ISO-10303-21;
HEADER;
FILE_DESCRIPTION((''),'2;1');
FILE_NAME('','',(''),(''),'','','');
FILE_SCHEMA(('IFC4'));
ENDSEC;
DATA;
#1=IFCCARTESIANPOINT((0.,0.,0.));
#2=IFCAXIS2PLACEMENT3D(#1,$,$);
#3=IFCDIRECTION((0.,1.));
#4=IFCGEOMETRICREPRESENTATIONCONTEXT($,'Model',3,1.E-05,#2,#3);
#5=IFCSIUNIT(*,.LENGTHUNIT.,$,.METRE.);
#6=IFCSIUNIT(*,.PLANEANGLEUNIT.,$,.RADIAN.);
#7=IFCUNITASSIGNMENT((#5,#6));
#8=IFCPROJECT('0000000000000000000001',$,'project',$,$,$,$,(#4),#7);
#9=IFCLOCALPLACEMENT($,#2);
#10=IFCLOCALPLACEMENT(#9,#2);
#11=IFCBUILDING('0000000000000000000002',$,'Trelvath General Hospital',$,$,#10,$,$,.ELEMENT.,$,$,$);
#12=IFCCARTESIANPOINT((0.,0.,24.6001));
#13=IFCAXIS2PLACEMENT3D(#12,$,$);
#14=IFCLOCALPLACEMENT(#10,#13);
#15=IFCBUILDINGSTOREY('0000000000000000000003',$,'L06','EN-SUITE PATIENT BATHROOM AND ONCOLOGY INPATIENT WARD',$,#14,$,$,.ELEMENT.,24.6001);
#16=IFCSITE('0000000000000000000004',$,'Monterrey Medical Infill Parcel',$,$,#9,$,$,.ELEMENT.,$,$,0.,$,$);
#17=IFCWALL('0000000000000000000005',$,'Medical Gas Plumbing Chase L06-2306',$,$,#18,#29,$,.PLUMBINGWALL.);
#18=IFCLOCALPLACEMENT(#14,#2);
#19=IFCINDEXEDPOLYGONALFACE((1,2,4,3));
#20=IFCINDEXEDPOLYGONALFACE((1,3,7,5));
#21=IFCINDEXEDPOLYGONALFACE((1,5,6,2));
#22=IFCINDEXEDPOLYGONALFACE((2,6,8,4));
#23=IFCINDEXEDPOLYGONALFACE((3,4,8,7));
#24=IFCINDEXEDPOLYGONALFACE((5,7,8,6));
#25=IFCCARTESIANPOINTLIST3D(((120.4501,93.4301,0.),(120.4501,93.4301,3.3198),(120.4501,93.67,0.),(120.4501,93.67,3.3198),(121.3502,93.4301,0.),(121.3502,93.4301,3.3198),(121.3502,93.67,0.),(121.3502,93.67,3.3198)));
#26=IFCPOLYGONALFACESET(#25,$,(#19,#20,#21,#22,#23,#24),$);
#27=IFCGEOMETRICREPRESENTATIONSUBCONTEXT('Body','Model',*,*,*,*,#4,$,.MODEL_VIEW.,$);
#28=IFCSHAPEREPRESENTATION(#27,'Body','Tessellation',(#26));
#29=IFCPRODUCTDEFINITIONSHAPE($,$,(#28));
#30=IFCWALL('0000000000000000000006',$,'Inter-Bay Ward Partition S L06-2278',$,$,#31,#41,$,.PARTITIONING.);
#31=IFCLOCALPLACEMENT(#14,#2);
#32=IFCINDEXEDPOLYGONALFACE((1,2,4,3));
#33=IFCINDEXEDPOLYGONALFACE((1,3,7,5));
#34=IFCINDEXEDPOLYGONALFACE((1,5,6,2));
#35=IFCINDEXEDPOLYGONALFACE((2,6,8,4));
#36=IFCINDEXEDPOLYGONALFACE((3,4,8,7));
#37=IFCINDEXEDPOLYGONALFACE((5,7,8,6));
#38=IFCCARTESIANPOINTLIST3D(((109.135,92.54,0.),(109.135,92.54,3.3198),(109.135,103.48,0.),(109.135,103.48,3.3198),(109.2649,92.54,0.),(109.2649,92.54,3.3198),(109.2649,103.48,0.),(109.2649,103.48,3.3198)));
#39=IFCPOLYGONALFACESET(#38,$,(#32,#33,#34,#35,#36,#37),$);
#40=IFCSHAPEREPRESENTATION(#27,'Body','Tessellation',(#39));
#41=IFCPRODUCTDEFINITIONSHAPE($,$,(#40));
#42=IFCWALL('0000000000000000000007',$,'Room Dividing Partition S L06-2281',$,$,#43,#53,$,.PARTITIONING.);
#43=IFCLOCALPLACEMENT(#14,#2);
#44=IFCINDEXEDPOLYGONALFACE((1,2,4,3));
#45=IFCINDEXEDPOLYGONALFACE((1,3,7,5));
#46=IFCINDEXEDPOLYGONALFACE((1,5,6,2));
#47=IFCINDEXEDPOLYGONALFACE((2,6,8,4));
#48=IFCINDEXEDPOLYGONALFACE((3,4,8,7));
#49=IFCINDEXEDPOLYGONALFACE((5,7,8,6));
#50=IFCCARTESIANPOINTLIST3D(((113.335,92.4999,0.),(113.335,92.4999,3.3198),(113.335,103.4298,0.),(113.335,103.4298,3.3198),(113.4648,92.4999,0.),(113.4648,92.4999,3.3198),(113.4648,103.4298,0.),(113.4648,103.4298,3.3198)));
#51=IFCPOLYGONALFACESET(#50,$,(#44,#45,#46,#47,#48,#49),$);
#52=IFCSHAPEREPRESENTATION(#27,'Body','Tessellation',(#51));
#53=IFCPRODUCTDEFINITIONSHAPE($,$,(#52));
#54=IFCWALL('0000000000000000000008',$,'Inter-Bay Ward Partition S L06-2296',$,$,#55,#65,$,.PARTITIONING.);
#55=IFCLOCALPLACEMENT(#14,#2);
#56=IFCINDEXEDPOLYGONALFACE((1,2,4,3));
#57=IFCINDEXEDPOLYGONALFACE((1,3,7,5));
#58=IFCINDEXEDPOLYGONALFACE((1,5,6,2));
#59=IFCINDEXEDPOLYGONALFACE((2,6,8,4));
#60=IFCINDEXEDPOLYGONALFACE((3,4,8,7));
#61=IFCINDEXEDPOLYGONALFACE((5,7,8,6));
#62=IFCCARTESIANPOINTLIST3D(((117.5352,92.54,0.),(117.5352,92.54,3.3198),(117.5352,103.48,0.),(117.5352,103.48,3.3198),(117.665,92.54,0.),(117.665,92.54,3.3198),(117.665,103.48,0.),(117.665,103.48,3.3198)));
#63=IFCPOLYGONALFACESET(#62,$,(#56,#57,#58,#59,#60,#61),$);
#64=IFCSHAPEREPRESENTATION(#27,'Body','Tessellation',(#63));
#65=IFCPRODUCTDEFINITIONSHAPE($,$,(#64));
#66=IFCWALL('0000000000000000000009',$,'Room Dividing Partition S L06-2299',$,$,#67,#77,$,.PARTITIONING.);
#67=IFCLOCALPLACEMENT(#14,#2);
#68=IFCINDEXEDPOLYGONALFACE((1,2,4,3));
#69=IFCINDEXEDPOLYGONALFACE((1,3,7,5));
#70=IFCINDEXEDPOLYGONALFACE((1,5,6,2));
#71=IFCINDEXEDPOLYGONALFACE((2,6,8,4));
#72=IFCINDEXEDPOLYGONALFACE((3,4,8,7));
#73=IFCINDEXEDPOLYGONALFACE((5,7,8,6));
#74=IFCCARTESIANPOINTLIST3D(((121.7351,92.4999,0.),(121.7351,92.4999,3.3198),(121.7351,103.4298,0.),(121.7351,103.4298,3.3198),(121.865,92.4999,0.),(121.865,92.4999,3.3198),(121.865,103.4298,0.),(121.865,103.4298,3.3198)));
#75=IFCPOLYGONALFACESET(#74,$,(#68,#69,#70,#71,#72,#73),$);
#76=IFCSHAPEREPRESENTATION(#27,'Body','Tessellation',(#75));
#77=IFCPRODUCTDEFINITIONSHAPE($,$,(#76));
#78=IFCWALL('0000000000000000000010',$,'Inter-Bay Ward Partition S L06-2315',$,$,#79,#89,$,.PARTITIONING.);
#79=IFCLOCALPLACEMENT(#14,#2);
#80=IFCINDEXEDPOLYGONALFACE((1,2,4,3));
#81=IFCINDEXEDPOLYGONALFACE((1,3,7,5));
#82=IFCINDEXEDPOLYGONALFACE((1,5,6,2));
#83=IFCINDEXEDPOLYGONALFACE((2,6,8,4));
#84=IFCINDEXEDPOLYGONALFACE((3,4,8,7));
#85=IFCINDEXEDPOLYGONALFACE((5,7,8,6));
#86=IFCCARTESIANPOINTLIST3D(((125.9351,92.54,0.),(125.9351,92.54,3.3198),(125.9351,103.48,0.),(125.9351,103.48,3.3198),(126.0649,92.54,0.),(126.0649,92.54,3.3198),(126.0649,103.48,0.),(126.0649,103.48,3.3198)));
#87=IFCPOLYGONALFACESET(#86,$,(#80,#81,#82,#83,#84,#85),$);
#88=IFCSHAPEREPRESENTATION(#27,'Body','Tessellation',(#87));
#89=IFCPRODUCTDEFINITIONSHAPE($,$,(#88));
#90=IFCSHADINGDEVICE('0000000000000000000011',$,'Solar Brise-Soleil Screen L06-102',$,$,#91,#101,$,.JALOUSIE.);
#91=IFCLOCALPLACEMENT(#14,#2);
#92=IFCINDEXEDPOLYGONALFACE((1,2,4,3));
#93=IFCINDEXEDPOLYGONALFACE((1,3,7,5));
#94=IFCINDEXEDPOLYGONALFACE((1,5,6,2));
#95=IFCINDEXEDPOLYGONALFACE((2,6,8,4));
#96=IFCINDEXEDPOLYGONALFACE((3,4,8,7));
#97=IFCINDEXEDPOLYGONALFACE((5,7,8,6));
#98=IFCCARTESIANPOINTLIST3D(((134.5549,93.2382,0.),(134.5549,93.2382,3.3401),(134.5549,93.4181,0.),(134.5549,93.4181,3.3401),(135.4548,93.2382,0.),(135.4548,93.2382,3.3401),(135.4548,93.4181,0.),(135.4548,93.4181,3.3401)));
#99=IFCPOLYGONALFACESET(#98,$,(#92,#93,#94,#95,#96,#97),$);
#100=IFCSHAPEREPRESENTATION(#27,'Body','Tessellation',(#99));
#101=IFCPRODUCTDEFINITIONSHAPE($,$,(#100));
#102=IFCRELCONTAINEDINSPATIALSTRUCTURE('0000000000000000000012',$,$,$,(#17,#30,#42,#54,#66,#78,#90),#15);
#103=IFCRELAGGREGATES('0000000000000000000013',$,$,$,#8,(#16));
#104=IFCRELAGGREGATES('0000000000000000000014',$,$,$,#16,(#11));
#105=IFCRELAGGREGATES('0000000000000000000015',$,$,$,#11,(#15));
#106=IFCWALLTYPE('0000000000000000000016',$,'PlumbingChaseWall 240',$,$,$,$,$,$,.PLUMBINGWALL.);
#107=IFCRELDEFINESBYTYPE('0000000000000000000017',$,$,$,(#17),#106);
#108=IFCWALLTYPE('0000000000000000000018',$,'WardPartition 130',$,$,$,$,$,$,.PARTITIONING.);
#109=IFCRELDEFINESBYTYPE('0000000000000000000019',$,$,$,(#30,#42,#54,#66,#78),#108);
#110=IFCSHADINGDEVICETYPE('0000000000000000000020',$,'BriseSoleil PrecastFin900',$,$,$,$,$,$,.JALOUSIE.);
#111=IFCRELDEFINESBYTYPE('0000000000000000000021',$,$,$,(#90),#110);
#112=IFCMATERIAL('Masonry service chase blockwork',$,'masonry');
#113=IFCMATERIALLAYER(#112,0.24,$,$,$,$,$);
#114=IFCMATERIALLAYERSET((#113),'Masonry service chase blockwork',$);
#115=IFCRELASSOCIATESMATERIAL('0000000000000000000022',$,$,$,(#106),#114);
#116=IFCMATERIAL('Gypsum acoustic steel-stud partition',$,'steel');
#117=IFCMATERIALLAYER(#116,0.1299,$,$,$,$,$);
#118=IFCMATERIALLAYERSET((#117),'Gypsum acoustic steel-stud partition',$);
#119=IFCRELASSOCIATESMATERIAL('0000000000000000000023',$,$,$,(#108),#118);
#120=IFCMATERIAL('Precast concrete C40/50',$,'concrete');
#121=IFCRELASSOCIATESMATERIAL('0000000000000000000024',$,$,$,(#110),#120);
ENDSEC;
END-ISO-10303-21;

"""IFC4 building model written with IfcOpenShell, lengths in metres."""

from ifc_helpers import new_model, si_unit, direction, frame, frame_2d, origin, origin_2d, place, context, subcontext, project, spatial, rectangle, extrude, material, layer, layer_set, type_object, element, save


model = new_model("IFC4")

# Units and contexts
model_context = context("Model", 3, precision=1e-05, world=origin(), true_north=direction((0.0, 1.0)))
body_context = subcontext(model_context, "Body", "Model", "MODEL_VIEW")
ifc_project = project(units=[si_unit("LENGTHUNIT", "METRE"), si_unit("PLANEANGLEUNIT", "RADIAN")], contexts=[model_context])

# Site, building, storey
site_placement = place(None, origin())
site = spatial("IfcSite", under=ifc_project, at=site_placement, Name="Monterrey Medical Infill Parcel", CompositionType="ELEMENT", RefElevation=0.0)
building_placement = place(site_placement, origin())
building = spatial("IfcBuilding", under=site, at=building_placement, Name="Trelvath General Hospital", CompositionType="ELEMENT")
storey_placement = place(building_placement, frame((0.0, 0.0, 24.6001)))
storey = spatial("IfcBuildingStorey", under=building, at=storey_placement, Name="L06", Description="EN-SUITE PATIENT BATHROOM AND ONCOLOGY INPATIENT WARD", CompositionType="ELEMENT", Elevation=24.6001)

# Walls
ifc_material_1 = material(Name="Masonry service chase blockwork", Category="masonry")
ifc_layer_1 = layer(ifc_material_1, 0.24)
ifc_layer_set_1 = layer_set([ifc_layer_1], Name="Masonry service chase blockwork")
wall_type_1 = type_object("IfcWallType", Name="PlumbingChaseWall 240", PredefinedType="PLUMBINGWALL", material=ifc_layer_set_1)
wall_1_placement = place(storey_placement, frame((120.45, 93.55, 0.0), z_axis=(0.0, 0.0, 1.0), x_axis=(1.0, 0.0, 0.0)))
element("IfcWall", 1, at=wall_1_placement, inside=storey, type_object=wall_type_1, Name="Medical Gas Plumbing Chase L06-2306", PredefinedType="PLUMBINGWALL", context=body_context, shape_type="SweptSolid", body=[
    extrude(rectangle(XDim=0.9001, YDim=0.24, at=frame_2d((0.4502, 0.0))), origin(), (0.0, 0.0, 1.0), 3.3198),
])
ifc_material_2 = material(Name="Gypsum acoustic steel-stud partition", Category="steel")
ifc_layer_2 = layer(ifc_material_2, 0.1299)
ifc_layer_set_2 = layer_set([ifc_layer_2], Name="Gypsum acoustic steel-stud partition")
wall_type_2 = type_object("IfcWallType", Name="WardPartition 130", PredefinedType="PARTITIONING", material=ifc_layer_set_2)
wall_2_placement = place(storey_placement, frame((109.2, 92.54, 0.0), z_axis=(0.0, 0.0, 1.0), x_axis=(0.0, 1.0, 0.0)))
element("IfcWall", 2, at=wall_2_placement, inside=storey, type_object=wall_type_2, Name="Inter-Bay Ward Partition S L06-2278", PredefinedType="PARTITIONING", context=body_context, shape_type="SweptSolid", body=[
    extrude(rectangle(XDim=10.9399, YDim=0.1299, at=frame_2d((5.47, 0.0))), origin(), (0.0, 0.0, 1.0), 3.3198),
])
wall_3_placement = place(storey_placement, frame((113.3999, 92.5, 0.0), z_axis=(0.0, 0.0, 1.0), x_axis=(0.0, 1.0, 0.0)))
element("IfcWall", 3, at=wall_3_placement, inside=storey, type_object=wall_type_2, Name="Room Dividing Partition S L06-2281", PredefinedType="PARTITIONING", context=body_context, shape_type="SweptSolid", body=[
    extrude(rectangle(XDim=10.9299, YDim=0.1299, at=frame_2d((5.4648, 0.0))), origin(), (0.0, 0.0, 1.0), 3.3198),
])
wall_4_placement = place(storey_placement, frame((117.6001, 92.54, 0.0), z_axis=(0.0, 0.0, 1.0), x_axis=(0.0, 1.0, 0.0)))
element("IfcWall", 4, at=wall_4_placement, inside=storey, type_object=wall_type_2, Name="Inter-Bay Ward Partition S L06-2296", PredefinedType="PARTITIONING", context=body_context, shape_type="SweptSolid", body=[
    extrude(rectangle(XDim=10.9399, YDim=0.1299, at=frame_2d((5.47, 0.0))), origin(), (0.0, 0.0, 1.0), 3.3198),
])
wall_5_placement = place(storey_placement, frame((121.8, 92.5, 0.0), z_axis=(0.0, 0.0, 1.0), x_axis=(0.0, 1.0, 0.0)))
element("IfcWall", 5, at=wall_5_placement, inside=storey, type_object=wall_type_2, Name="Room Dividing Partition S L06-2299", PredefinedType="PARTITIONING", context=body_context, shape_type="SweptSolid", body=[
    extrude(rectangle(XDim=10.9299, YDim=0.1299, at=frame_2d((5.4648, 0.0))), origin(), (0.0, 0.0, 1.0), 3.3198),
])
wall_6_placement = place(storey_placement, frame((126.0, 92.54, 0.0), z_axis=(0.0, 0.0, 1.0), x_axis=(0.0, 1.0, 0.0)))
element("IfcWall", 6, at=wall_6_placement, inside=storey, type_object=wall_type_2, Name="Inter-Bay Ward Partition S L06-2315", PredefinedType="PARTITIONING", context=body_context, shape_type="SweptSolid", body=[
    extrude(rectangle(XDim=10.9399, YDim=0.1299, at=frame_2d((5.47, 0.0))), origin(), (0.0, 0.0, 1.0), 3.3198),
])

# Shading device
ifc_material_3 = material(Name="Precast concrete C40/50", Category="concrete")
shading_device_type = type_object("IfcShadingDeviceType", Name="BriseSoleil PrecastFin900", PredefinedType="JALOUSIE", material=ifc_material_3)
shading_device_placement = place(storey_placement, frame((135.0049, 93.3281, 0.0), z_axis=(0.0, 0.0, 1.0), x_axis=(1.0, 0.0, 0.0)))
element("IfcShadingDevice", 7, at=shading_device_placement, inside=storey, type_object=shading_device_type, Name="Solar Brise-Soleil Screen L06-102", PredefinedType="JALOUSIE", context=body_context, shape_type="SweptSolid", body=[
    extrude(rectangle(XDim=0.8999, YDim=0.1799, at=origin_2d()), origin(), (0.0, 0.0, 1.0), 3.3401),
])

save(model, "model.ifc")
